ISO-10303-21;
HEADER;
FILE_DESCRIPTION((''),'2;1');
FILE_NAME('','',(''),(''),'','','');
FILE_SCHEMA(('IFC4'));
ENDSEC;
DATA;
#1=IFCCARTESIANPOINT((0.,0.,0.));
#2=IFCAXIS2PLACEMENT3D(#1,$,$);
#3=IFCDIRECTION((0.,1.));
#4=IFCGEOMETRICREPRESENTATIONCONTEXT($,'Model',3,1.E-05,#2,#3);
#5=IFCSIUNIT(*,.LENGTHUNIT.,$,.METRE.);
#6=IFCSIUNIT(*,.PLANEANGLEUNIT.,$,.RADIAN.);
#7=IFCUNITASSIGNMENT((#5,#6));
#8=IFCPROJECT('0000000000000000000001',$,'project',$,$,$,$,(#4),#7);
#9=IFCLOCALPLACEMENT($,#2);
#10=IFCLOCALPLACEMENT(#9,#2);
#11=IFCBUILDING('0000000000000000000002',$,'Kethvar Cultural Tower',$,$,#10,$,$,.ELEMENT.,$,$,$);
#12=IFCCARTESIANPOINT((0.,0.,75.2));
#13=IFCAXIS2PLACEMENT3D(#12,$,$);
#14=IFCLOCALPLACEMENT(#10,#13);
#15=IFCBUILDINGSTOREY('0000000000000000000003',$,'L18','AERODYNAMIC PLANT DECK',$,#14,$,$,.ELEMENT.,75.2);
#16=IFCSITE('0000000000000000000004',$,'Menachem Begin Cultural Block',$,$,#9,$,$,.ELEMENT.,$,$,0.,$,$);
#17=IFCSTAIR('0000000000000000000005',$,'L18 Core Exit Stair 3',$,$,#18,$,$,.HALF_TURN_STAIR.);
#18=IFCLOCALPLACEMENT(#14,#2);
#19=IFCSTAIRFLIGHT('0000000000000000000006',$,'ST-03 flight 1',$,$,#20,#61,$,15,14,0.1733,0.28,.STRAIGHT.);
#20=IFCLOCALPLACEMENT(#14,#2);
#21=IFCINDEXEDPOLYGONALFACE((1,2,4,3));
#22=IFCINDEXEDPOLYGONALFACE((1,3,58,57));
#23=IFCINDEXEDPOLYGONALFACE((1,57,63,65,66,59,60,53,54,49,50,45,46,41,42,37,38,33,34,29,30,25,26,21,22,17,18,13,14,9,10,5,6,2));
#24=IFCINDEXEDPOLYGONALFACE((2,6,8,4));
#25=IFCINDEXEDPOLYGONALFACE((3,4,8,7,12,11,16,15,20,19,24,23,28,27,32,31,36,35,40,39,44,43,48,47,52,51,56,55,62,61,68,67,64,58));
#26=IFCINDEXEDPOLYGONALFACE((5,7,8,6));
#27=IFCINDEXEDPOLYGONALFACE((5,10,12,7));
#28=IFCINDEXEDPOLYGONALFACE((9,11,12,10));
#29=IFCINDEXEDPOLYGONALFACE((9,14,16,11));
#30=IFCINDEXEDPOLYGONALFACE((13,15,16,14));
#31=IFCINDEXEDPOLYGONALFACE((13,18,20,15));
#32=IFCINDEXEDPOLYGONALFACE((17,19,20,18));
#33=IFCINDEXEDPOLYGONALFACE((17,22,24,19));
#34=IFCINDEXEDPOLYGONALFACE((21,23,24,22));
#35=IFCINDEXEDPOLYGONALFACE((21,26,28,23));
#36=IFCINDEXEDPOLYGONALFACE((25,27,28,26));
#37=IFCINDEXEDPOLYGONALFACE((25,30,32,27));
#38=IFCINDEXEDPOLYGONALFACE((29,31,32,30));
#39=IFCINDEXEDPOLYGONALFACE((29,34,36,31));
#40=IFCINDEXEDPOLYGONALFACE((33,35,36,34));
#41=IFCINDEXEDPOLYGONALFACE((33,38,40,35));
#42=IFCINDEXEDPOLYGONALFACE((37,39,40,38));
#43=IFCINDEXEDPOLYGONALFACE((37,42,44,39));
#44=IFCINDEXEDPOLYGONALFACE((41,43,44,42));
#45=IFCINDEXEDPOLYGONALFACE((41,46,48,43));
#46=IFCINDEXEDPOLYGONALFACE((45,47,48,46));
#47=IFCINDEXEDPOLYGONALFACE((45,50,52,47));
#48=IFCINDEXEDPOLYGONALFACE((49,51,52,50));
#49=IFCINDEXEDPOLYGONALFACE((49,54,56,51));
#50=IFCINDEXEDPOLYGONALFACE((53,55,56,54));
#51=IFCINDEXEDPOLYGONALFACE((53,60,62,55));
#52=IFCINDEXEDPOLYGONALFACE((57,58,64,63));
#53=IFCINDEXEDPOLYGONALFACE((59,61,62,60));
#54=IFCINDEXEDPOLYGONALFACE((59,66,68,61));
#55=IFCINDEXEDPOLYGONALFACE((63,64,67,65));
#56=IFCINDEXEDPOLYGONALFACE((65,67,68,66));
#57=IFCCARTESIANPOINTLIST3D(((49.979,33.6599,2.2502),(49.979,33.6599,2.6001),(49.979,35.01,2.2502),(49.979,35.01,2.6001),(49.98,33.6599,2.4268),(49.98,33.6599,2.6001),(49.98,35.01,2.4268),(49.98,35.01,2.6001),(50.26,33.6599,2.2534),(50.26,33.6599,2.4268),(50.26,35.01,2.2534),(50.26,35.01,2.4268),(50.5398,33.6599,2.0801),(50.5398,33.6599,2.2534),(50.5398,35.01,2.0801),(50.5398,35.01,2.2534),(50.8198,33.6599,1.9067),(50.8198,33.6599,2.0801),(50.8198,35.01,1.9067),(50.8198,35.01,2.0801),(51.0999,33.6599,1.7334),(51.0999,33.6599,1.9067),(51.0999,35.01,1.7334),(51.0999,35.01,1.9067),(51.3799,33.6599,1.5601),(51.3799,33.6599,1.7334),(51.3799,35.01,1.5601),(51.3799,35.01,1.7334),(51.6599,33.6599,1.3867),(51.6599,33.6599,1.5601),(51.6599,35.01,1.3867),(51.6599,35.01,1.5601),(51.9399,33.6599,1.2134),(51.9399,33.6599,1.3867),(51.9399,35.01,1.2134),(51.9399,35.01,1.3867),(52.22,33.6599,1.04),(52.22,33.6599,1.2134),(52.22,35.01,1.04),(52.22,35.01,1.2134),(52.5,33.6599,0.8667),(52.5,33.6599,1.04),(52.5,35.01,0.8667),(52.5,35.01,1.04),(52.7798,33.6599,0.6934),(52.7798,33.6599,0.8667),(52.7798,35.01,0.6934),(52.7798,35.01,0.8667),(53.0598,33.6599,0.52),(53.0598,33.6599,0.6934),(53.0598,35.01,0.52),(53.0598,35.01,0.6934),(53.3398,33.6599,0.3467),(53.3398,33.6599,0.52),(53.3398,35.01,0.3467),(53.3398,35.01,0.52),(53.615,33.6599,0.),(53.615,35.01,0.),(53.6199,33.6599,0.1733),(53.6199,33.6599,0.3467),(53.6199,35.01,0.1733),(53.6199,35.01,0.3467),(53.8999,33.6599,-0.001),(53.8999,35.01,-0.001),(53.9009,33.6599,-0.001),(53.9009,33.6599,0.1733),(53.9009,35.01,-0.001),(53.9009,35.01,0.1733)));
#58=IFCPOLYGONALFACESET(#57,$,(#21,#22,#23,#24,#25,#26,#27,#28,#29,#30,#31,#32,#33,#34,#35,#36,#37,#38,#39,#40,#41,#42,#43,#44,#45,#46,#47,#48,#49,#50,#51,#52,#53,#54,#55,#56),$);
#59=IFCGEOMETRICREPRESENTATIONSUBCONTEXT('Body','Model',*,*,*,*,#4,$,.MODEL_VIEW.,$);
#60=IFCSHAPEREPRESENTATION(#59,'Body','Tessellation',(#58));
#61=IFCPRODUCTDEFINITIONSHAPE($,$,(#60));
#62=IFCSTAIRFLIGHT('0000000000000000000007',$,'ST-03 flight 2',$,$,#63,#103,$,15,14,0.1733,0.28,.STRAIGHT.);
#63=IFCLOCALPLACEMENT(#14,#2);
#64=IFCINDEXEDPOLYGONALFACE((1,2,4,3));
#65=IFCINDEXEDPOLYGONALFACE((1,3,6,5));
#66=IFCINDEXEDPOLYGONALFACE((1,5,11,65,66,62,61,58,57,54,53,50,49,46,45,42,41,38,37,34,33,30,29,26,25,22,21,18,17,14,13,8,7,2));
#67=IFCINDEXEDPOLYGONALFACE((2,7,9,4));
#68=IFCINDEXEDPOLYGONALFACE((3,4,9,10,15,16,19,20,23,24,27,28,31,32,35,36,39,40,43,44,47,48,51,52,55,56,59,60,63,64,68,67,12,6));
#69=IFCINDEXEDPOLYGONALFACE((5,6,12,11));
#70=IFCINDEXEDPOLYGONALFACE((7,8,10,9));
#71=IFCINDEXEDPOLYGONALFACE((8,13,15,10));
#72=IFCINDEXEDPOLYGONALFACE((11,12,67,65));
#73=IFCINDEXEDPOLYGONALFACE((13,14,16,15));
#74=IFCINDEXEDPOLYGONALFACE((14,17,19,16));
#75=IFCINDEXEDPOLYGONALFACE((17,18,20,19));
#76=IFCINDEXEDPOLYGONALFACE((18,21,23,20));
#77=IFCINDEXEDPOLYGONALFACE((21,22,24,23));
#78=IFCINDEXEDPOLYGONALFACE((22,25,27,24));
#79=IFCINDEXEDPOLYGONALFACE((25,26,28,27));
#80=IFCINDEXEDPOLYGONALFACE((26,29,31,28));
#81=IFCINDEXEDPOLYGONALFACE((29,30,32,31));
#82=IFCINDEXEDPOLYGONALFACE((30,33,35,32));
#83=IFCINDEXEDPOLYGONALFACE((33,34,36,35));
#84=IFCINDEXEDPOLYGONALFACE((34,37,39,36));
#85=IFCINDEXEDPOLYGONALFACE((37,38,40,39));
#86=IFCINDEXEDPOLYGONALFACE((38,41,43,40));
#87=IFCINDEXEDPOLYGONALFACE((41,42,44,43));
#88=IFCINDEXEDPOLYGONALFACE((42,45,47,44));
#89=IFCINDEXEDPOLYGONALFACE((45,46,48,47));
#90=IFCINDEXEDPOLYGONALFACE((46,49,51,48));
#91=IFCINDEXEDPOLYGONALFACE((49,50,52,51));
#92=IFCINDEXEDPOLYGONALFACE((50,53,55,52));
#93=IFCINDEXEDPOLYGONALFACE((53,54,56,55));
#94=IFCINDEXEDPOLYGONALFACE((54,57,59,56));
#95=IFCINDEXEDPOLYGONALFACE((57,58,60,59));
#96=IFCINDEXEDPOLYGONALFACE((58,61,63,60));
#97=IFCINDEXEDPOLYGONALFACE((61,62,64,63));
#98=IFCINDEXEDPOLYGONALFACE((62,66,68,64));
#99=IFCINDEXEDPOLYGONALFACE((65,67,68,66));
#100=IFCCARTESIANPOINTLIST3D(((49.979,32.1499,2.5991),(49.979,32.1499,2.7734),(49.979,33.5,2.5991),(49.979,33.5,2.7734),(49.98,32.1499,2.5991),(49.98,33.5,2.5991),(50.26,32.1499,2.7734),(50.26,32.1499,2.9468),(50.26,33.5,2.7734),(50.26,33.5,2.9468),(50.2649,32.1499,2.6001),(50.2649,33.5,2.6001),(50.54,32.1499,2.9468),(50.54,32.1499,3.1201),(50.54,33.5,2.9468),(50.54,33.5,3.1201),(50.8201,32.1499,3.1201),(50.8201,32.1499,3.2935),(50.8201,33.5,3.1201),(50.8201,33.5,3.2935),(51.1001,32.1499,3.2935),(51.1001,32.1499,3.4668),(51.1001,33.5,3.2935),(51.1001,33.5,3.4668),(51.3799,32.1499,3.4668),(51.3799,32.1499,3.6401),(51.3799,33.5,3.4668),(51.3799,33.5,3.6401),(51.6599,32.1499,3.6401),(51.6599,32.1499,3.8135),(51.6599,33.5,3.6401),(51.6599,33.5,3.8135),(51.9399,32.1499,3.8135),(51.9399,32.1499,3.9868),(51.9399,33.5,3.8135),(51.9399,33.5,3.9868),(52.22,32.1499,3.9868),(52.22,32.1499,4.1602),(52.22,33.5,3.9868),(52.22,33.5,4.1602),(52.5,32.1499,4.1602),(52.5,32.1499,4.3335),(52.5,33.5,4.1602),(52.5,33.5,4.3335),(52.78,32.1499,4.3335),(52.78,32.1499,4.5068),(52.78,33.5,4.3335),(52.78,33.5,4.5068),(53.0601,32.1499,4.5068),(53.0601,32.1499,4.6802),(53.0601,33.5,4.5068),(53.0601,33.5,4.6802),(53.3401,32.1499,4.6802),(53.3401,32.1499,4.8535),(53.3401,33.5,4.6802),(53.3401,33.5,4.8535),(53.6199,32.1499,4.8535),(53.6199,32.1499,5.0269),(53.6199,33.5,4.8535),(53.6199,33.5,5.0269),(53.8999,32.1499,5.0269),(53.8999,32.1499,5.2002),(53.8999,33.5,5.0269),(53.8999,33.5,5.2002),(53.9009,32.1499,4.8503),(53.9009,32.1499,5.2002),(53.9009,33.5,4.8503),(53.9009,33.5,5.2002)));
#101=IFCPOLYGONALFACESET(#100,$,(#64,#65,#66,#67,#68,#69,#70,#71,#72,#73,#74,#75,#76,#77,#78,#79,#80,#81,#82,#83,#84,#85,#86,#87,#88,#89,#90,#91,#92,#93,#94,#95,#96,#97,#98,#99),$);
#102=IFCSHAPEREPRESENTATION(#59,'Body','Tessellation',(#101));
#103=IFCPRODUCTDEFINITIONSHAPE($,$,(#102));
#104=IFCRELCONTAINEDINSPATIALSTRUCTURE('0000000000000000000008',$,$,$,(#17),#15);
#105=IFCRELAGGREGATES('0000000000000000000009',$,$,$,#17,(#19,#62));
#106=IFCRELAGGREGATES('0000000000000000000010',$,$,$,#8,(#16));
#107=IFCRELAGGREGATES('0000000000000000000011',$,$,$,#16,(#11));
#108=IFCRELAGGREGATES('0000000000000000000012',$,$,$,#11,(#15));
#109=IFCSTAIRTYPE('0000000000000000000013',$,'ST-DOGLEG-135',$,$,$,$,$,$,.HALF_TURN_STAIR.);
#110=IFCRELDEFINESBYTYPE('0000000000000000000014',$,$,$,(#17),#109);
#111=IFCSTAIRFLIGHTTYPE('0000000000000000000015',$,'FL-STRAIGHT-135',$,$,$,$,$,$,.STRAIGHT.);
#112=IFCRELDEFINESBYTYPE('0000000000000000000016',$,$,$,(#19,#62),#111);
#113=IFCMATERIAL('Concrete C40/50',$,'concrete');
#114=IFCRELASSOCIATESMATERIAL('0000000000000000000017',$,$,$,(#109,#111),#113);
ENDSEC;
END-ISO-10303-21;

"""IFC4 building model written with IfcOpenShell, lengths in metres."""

from ifc_helpers import new_model, si_unit, direction, frame, origin, place, context, subcontext, project, spatial, polyline, outline, extrude, material, type_object, element, aggregate, save


model = new_model("IFC4")

# Units and contexts
model_context = context("Model", 3, precision=1e-05, world=origin(), true_north=direction((0.0, 1.0)))
body_context = subcontext(model_context, "Body", "Model", "MODEL_VIEW")
ifc_project = project(units=[si_unit("LENGTHUNIT", "METRE"), si_unit("PLANEANGLEUNIT", "RADIAN")], contexts=[model_context])

# Site, building, storey
site_placement = place(None, origin())
site = spatial("IfcSite", under=ifc_project, at=site_placement, Name="Menachem Begin Cultural Block", CompositionType="ELEMENT", RefElevation=0.0)
building_placement = place(site_placement, origin())
building = spatial("IfcBuilding", under=site, at=building_placement, Name="Kethvar Cultural Tower", CompositionType="ELEMENT")
storey_placement = place(building_placement, frame((0.0, 0.0, 75.2)))
storey = spatial("IfcBuildingStorey", under=building, at=storey_placement, Name="L18", Description="AERODYNAMIC PLANT DECK", CompositionType="ELEMENT", Elevation=75.2)

# Shared definitions
ifc_material_1 = material(Name="Concrete C40/50", Category="concrete")

# Stair, stair flights
stair_type = type_object("IfcStairType", Name="ST-DOGLEG-135", PredefinedType="HALF_TURN_STAIR", material=ifc_material_1)
stair_placement = place(storey_placement, origin())
stair = element("IfcStair", 1, at=stair_placement, inside=storey, type_object=stair_type, Name="L18 Core Exit Stair 3", PredefinedType="HALF_TURN_STAIR")
stair_flight_type = type_object("IfcStairFlightType", Name="FL-STRAIGHT-135", PredefinedType="STRAIGHT", material=ifc_material_1)
stair_flight_1_placement = place(storey_placement, frame((53.8999, 34.335, 0.0), z_axis=(0.0, 0.0, 1.0), x_axis=(-1.0, 0.0, 0.0)))
stair_flight_1 = element("IfcStairFlight", 2, at=stair_flight_1_placement, type_object=stair_flight_type, Name="ST-03 flight 1", NumberOfRisers=15, NumberOfTreads=14, PredefinedType="STRAIGHT", RiserHeight=0.1733, TreadLength=0.28, context=body_context, shape_type="SweptSolid", body=[
    extrude(outline(polyline([(-0.001, -0.001), (-0.001, 0.1733), (0.28, 0.1733), (0.28, 0.3467), (0.5601, 0.3467), (0.5601, 0.52), (0.8401, 0.52), (0.8401, 0.6934), (1.1201, 0.6934), (1.1201, 0.8667), (1.3999, 0.8667), (1.3999, 1.04), (1.6799, 1.04), (1.6799, 1.2134), (1.96, 1.2134), (1.96, 1.3867), (2.24, 1.3867), (2.24, 1.5601), (2.52, 1.5601), (2.52, 1.7334), (2.8, 1.7334), (2.8, 1.9067), (3.0801, 1.9067), (3.0801, 2.0801), (3.3601, 2.0801), (3.3601, 2.2534), (3.6399, 2.2534), (3.6399, 2.4268), (3.9199, 2.4268), (3.9199, 2.6001), (3.9209, 2.6001), (3.9209, 2.2502), (0.2849, 0.0), (0.0, -0.001), (-0.001, -0.001)])), frame((0.0, 0.675, 0.0), z_axis=(0.0, -1.0, 0.0), x_axis=(1.0, 0.0, 0.0)), (0.0, 0.0, 1.0), 1.3501),
])
stair_flight_2_placement = place(storey_placement, frame((49.98, 32.825, 2.6001), z_axis=(0.0, 0.0, 1.0), x_axis=(1.0, 0.0, 0.0)))
stair_flight_2 = element("IfcStairFlight", 3, at=stair_flight_2_placement, type_object=stair_flight_type, Name="ST-03 flight 2", NumberOfRisers=15, NumberOfTreads=14, PredefinedType="STRAIGHT", RiserHeight=0.1733, TreadLength=0.28, context=body_context, shape_type="SweptSolid", body=[
    extrude(outline(polyline([(-0.001, -0.001), (-0.001, 0.1733), (0.28, 0.1733), (0.28, 0.3467), (0.5601, 0.3467), (0.5601, 0.52), (0.8401, 0.52), (0.8401, 0.6934), (1.1201, 0.6934), (1.1201, 0.8667), (1.3999, 0.8667), (1.3999, 1.04), (1.6799, 1.04), (1.6799, 1.2134), (1.96, 1.2134), (1.96, 1.3867), (2.24, 1.3867), (2.24, 1.5601), (2.52, 1.5601), (2.52, 1.7334), (2.8, 1.7334), (2.8, 1.9067), (3.0801, 1.9067), (3.0801, 2.0801), (3.3601, 2.0801), (3.3601, 2.2534), (3.6399, 2.2534), (3.6399, 2.4268), (3.9199, 2.4268), (3.9199, 2.6001), (3.9209, 2.6001), (3.9209, 2.2502), (0.2849, 0.0), (0.0, -0.001), (-0.001, -0.001)])), frame((0.0, 0.675, 0.0), z_axis=(0.0, -1.0, 0.0), x_axis=(1.0, 0.0, 0.0)), (0.0, 0.0, 1.0), 1.3501),
])
aggregate(stair, [stair_flight_1, stair_flight_2])

save(model, "model.ifc")
